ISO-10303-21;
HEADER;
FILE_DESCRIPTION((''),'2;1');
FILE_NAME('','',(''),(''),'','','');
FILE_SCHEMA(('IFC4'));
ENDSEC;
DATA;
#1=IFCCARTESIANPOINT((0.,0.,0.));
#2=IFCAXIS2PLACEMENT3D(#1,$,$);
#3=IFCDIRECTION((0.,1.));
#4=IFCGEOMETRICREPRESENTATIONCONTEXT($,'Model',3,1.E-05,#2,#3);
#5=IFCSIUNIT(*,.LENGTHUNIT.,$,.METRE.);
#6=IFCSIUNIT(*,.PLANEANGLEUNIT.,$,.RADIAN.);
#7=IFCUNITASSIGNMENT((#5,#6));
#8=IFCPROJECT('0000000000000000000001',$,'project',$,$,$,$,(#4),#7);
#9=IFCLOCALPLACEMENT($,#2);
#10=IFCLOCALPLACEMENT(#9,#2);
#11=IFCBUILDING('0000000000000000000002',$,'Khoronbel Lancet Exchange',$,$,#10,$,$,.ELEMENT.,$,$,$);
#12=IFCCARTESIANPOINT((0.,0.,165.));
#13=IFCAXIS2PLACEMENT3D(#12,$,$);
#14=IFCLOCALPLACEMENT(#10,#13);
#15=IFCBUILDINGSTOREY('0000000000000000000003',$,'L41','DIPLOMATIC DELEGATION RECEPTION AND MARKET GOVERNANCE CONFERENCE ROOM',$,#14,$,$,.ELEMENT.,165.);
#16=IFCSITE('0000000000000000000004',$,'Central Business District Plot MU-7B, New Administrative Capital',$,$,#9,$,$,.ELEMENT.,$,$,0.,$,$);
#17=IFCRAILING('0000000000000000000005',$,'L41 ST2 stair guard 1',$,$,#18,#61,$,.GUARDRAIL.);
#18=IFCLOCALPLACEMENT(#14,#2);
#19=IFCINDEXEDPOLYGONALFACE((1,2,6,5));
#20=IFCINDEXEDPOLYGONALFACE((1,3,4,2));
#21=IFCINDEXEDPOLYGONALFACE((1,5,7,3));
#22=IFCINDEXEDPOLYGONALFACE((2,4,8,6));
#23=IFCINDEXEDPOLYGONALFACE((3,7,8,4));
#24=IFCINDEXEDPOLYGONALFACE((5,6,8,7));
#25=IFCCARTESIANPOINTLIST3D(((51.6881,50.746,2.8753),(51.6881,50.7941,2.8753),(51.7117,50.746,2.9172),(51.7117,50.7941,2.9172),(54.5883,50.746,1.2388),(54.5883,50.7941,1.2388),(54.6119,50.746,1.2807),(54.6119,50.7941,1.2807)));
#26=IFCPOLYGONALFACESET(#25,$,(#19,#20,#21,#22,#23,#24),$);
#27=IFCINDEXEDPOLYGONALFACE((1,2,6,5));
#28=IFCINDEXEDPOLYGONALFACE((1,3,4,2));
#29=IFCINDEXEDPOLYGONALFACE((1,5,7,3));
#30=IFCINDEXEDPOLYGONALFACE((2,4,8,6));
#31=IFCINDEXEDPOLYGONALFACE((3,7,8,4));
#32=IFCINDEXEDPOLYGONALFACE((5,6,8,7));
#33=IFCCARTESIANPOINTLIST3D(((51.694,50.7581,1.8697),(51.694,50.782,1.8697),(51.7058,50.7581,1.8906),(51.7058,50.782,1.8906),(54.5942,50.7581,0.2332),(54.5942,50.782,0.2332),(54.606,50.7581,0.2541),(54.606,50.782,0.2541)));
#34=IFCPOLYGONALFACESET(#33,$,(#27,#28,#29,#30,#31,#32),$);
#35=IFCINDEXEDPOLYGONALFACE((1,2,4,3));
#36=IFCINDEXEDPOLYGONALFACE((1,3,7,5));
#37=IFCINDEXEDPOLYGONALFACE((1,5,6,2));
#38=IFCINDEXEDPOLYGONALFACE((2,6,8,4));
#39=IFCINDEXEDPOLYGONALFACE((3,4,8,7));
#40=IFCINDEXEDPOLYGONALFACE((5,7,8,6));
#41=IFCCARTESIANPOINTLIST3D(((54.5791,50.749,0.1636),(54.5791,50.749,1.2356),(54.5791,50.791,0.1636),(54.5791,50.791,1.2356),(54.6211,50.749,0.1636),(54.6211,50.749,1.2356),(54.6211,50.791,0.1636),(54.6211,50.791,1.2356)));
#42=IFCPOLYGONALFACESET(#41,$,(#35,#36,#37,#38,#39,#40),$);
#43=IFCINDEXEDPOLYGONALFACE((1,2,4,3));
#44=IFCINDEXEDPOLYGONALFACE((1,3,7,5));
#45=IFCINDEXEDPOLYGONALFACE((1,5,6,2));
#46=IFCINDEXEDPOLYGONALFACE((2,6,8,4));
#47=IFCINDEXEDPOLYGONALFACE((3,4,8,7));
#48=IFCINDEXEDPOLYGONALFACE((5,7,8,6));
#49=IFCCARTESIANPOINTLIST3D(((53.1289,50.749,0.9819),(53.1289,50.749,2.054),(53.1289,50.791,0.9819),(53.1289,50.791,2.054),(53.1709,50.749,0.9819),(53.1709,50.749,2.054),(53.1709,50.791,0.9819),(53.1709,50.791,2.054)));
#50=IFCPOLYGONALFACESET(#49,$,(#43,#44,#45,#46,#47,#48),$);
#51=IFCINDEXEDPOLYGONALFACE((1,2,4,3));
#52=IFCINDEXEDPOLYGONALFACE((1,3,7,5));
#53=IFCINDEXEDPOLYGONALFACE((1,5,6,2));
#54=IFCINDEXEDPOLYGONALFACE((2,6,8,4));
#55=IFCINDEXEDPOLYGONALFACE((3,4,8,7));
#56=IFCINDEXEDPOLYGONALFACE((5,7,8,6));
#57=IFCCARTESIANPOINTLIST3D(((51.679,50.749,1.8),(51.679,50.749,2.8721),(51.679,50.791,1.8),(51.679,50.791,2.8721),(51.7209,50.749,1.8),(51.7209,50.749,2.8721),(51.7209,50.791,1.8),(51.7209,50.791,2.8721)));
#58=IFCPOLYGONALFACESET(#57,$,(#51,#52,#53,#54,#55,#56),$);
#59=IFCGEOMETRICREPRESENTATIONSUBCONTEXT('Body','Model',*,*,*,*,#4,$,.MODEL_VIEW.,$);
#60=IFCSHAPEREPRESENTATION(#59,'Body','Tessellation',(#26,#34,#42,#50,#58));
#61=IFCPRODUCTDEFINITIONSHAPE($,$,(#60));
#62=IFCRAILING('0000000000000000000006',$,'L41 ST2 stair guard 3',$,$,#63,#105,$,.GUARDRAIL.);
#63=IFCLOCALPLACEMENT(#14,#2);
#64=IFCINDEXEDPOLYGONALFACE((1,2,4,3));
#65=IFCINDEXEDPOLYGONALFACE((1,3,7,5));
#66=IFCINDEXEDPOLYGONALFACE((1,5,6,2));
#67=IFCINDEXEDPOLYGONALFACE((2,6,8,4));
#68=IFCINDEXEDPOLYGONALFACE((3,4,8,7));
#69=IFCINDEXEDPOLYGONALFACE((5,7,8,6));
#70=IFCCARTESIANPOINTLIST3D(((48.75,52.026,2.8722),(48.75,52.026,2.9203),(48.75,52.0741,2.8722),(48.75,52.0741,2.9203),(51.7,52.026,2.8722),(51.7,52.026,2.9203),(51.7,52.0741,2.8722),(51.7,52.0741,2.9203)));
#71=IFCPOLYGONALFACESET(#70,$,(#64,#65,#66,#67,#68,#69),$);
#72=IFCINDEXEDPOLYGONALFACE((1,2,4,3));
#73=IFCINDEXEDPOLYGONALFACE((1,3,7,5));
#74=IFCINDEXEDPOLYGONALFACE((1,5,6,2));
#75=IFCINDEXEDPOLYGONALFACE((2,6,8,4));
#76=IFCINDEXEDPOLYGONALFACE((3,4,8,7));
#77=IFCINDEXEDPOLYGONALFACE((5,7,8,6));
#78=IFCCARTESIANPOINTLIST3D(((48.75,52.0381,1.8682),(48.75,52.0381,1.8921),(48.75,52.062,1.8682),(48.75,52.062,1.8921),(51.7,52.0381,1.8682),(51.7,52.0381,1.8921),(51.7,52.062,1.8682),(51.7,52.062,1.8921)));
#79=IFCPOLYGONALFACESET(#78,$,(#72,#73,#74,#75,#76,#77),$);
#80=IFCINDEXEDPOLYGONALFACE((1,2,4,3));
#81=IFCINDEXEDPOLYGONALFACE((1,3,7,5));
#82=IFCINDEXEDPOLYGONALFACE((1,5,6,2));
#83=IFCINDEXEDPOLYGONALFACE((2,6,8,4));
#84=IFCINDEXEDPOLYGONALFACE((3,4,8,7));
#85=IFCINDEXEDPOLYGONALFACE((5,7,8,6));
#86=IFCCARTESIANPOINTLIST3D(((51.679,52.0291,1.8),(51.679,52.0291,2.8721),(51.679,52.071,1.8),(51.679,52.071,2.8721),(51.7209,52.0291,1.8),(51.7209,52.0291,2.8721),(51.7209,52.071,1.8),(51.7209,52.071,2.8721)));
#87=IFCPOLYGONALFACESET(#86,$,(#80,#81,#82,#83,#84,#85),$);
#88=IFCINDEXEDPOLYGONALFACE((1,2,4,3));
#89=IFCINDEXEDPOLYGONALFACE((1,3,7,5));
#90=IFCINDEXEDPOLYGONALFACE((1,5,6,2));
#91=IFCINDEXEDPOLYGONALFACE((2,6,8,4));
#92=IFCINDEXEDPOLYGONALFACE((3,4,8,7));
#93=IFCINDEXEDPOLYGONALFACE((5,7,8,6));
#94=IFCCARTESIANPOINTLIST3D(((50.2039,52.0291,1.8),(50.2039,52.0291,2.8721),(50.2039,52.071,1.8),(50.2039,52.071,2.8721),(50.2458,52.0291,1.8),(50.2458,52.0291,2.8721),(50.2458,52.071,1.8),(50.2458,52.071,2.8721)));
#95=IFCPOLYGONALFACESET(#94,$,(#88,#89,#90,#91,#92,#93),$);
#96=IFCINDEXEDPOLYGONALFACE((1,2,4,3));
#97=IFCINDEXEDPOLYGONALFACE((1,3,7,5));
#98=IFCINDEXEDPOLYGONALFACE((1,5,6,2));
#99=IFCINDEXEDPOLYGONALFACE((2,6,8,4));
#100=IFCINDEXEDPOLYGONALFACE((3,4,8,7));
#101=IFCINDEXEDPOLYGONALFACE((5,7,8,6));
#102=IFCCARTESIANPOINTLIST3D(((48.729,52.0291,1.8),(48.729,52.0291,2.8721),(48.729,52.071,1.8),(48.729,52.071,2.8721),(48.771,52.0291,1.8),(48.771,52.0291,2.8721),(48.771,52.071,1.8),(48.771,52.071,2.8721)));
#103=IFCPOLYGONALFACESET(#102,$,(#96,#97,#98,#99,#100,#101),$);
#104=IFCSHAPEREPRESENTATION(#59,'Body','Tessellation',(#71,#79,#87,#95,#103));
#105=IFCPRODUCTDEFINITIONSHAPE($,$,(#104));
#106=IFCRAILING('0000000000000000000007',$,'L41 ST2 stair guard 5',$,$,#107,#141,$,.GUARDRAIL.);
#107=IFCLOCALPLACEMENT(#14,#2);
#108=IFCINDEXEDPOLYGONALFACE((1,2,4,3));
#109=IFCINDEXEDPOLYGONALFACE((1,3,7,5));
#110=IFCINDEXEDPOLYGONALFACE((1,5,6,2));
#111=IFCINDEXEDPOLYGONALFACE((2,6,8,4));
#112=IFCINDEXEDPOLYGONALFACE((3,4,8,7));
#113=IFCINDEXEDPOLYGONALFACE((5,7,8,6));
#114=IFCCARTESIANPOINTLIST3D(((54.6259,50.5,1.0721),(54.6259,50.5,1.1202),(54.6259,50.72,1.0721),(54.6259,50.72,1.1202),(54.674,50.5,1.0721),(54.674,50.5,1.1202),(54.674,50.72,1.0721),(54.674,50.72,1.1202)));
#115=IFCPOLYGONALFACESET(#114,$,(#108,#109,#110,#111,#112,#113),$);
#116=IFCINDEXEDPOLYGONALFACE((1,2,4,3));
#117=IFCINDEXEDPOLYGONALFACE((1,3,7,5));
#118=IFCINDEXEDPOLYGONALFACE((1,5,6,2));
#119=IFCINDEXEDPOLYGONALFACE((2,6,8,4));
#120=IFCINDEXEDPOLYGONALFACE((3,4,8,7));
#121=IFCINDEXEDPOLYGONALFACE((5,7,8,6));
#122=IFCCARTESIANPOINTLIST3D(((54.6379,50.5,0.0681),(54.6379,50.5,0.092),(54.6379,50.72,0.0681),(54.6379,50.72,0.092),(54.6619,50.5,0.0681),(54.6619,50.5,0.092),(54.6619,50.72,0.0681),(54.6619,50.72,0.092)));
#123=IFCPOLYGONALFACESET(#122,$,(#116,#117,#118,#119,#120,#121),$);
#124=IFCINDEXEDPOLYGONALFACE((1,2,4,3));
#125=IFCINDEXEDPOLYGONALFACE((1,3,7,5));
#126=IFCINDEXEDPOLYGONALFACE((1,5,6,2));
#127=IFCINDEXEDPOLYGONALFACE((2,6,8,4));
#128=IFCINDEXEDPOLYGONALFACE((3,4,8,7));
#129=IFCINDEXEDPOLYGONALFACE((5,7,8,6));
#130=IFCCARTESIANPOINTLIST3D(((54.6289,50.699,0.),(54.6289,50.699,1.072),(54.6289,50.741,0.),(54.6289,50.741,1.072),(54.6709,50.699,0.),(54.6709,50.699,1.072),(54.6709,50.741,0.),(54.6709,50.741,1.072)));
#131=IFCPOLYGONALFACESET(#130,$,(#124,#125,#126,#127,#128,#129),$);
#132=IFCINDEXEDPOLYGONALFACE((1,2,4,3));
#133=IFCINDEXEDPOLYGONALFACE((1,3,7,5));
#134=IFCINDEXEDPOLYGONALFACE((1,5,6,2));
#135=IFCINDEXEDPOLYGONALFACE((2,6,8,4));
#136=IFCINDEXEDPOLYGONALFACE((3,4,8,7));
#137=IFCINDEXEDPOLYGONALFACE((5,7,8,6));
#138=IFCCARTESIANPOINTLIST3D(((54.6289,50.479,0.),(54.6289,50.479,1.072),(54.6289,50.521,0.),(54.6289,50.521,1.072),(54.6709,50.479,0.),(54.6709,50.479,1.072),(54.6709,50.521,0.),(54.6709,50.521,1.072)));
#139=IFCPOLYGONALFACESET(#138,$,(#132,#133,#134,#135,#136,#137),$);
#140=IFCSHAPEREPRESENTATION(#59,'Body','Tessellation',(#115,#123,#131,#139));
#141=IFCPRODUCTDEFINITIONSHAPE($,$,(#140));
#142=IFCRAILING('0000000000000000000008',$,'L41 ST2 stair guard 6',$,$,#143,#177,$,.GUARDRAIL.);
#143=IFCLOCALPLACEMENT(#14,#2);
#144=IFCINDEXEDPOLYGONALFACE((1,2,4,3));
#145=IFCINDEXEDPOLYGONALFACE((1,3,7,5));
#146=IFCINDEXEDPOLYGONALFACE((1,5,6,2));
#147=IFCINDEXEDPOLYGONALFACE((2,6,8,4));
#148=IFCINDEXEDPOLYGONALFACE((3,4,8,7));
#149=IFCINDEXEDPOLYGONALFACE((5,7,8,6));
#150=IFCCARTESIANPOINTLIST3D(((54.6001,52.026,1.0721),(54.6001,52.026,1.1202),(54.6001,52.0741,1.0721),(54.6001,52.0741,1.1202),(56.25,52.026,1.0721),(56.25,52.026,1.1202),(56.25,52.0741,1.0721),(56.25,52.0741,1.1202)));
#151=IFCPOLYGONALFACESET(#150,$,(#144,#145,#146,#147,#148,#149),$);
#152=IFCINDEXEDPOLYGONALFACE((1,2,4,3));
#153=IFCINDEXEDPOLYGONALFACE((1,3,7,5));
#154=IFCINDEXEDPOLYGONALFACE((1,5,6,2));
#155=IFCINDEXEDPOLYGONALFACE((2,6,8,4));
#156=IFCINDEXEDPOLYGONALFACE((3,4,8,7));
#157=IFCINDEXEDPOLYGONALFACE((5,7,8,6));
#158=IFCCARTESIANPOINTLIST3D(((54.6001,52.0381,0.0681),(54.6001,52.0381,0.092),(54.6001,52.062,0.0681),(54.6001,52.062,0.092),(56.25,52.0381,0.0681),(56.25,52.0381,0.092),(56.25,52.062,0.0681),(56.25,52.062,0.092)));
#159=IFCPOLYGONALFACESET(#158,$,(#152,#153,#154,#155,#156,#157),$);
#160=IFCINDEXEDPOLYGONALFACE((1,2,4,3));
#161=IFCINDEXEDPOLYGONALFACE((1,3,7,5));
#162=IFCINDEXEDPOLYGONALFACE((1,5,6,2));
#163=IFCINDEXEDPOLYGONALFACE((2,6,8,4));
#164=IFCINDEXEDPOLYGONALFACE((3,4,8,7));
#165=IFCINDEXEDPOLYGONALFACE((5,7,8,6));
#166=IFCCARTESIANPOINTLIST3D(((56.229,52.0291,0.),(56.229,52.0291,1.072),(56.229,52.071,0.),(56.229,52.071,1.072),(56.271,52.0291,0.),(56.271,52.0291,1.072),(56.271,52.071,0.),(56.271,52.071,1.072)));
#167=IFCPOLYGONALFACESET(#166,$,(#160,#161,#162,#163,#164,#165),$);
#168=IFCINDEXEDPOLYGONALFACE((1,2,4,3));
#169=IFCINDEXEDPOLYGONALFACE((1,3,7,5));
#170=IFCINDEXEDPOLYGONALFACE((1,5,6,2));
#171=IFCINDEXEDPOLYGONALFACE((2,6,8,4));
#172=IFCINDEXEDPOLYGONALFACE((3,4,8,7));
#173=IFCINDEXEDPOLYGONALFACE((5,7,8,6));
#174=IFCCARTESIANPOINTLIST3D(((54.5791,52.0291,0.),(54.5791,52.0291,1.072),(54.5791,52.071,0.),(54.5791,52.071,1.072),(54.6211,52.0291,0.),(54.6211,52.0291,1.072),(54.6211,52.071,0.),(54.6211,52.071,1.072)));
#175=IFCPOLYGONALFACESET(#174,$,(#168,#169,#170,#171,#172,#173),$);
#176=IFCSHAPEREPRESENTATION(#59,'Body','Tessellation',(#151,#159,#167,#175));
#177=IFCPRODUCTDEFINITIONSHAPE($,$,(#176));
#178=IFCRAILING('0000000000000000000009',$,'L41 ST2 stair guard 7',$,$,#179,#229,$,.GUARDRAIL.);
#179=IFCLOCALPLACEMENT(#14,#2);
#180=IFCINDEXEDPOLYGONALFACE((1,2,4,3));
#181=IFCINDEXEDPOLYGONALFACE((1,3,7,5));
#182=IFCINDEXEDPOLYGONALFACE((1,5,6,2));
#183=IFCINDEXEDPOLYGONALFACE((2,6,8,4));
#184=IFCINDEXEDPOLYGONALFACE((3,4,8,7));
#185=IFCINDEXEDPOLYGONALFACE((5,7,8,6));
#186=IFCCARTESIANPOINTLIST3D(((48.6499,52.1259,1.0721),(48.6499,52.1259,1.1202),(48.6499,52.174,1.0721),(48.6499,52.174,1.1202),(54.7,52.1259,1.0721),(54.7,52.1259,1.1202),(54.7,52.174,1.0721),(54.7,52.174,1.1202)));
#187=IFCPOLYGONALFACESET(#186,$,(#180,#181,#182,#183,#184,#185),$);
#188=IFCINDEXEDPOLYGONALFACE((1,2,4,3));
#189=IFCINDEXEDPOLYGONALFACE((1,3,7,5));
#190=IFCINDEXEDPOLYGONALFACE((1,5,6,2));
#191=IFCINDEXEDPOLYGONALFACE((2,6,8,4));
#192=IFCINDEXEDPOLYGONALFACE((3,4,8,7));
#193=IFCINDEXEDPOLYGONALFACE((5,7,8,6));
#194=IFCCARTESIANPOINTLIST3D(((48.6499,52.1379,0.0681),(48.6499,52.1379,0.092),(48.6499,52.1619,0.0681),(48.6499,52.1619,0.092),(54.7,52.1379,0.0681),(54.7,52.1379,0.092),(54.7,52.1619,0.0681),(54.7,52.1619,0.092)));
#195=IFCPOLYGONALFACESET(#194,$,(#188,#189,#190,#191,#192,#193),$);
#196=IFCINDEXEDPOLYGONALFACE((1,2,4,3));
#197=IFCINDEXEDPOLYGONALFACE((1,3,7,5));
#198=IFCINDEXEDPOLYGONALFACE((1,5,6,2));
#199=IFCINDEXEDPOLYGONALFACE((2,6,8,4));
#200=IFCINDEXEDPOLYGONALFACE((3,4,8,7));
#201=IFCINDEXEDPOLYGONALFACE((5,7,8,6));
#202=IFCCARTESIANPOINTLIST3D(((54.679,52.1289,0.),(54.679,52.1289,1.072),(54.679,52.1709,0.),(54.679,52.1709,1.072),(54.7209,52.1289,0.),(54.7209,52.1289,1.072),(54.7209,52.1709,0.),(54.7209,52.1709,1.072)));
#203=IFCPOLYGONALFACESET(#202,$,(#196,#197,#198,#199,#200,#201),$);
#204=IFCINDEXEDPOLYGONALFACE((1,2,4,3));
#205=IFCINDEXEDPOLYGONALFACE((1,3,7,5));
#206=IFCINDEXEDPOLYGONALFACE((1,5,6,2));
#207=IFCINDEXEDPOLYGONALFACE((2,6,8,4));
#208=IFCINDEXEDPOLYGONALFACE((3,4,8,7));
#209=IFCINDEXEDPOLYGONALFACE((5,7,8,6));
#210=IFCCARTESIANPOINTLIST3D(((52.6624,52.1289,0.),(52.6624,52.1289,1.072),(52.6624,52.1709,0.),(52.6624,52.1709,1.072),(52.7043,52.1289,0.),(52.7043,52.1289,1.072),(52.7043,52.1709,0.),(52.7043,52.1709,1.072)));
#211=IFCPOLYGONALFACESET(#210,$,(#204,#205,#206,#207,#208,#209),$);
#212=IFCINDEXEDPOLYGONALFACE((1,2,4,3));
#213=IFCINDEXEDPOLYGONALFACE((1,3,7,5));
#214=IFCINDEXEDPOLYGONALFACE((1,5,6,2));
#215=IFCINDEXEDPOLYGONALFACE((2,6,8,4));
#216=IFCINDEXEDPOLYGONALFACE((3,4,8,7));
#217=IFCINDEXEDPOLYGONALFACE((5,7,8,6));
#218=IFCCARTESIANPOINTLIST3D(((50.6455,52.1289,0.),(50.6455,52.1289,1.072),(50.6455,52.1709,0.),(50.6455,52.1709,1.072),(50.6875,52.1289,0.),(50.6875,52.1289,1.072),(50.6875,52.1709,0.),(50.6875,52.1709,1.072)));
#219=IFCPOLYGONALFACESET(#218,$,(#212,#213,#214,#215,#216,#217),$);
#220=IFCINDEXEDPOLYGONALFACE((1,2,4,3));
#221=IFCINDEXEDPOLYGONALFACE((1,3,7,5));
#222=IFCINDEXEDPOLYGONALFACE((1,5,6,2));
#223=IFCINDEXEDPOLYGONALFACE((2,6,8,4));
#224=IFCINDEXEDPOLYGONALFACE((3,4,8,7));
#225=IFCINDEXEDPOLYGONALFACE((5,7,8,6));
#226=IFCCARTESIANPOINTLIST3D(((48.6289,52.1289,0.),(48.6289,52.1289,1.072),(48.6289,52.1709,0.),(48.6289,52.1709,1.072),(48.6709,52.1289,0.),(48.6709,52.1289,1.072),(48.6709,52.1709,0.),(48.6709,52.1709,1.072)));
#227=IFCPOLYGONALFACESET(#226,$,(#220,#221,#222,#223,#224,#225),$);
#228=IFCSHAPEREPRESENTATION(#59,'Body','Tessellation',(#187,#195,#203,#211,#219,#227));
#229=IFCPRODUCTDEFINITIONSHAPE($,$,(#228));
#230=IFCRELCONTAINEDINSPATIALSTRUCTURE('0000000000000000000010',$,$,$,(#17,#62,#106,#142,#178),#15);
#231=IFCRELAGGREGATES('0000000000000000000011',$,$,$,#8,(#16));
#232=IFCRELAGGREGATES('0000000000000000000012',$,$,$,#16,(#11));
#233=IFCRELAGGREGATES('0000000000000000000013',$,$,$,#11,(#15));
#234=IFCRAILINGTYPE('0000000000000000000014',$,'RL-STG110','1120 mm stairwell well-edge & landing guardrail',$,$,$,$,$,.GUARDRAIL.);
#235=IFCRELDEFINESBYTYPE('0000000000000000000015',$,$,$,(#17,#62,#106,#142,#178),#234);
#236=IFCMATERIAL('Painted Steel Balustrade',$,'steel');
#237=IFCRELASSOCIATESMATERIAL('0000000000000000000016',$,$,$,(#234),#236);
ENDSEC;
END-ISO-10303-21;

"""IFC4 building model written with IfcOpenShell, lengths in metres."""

from ifc_helpers import new_model, si_unit, direction, frame, origin, origin_2d, place, context, subcontext, project, spatial, rectangle, extrude, material, type_object, element, save


model = new_model("IFC4")

# Units and contexts
model_context = context("Model", 3, precision=1e-05, world=origin(), true_north=direction((0.0, 1.0)))
body_context = subcontext(model_context, "Body", "Model", "MODEL_VIEW")
ifc_project = project(units=[si_unit("LENGTHUNIT", "METRE"), si_unit("PLANEANGLEUNIT", "RADIAN")], contexts=[model_context])

# Site, building, storey
site_placement = place(None, origin())
site = spatial("IfcSite", under=ifc_project, at=site_placement, Name="Central Business District Plot MU-7B, New Administrative Capital", CompositionType="ELEMENT", RefElevation=0.0)
building_placement = place(site_placement, origin())
building = spatial("IfcBuilding", under=site, at=building_placement, Name="Khoronbel Lancet Exchange", CompositionType="ELEMENT")
storey_placement = place(building_placement, frame((0.0, 0.0, 165.0)))
storey = spatial("IfcBuildingStorey", under=building, at=storey_placement, Name="L41", Description="DIPLOMATIC DELEGATION RECEPTION AND MARKET GOVERNANCE CONFERENCE ROOM", CompositionType="ELEMENT", Elevation=165.0)

# Railings
ifc_material_1 = material(Name="Painted Steel Balustrade", Category="steel")
railing_type_1 = type_object("IfcRailingType", Name="RL-STG110", Description="1120 mm stairwell well-edge & landing guardrail", PredefinedType="GUARDRAIL", material=ifc_material_1)
railing_1_placement = place(storey_placement, frame((54.6001, 50.77, 0.1636)))
element("IfcRailing", 1, at=railing_1_placement, inside=storey, type_object=railing_type_1, Name="L41 ST2 stair guard 1", PredefinedType="GUARDRAIL", context=body_context, shape_type="SweptSolid", body=[
    extrude(rectangle(XDim=0.0481, YDim=0.0481, at=origin_2d()), frame((0.0, 0.0, 1.0962), z_axis=(-0.870915, 0.0, 0.491434), x_axis=(0.0, -1.0, 0.0)), (0.0, 0.0, 1.0), 3.3301),
    extrude(rectangle(XDim=0.0239, YDim=0.0239, at=origin_2d()), frame((0.0, 0.0, 0.0801), z_axis=(-0.870915, 0.0, 0.491434), x_axis=(0.0, -1.0, 0.0)), (0.0, 0.0, 1.0), 3.3301),
    extrude(rectangle(XDim=0.042, YDim=0.042, at=origin_2d()), origin(), (0.0, 0.0, 1.0), 1.072),
    extrude(rectangle(XDim=0.042, YDim=0.042, at=origin_2d()), frame((-1.4502, 0.0, 0.8184)), (0.0, 0.0, 1.0), 1.072),
    extrude(rectangle(XDim=0.042, YDim=0.042, at=origin_2d()), frame((-2.9001, 0.0, 1.6365)), (0.0, 0.0, 1.0), 1.072),
])
railing_2_placement = place(storey_placement, frame((51.7, 52.05, 1.8)))
element("IfcRailing", 2, at=railing_2_placement, inside=storey, type_object=railing_type_1, Name="L41 ST2 stair guard 3", PredefinedType="GUARDRAIL", context=body_context, shape_type="SweptSolid", body=[
    extrude(rectangle(XDim=0.0481, YDim=0.0481, at=origin_2d()), frame((0.0, 0.0, 1.0962), z_axis=(-1.0, 0.0, 0.0), x_axis=(0.0, -1.0, 0.0)), (0.0, 0.0, 1.0), 2.95),
    extrude(rectangle(XDim=0.0239, YDim=0.0239, at=origin_2d()), frame((0.0, 0.0, 0.0801), z_axis=(-1.0, 0.0, 0.0), x_axis=(0.0, -1.0, 0.0)), (0.0, 0.0, 1.0), 2.95),
    extrude(rectangle(XDim=0.042, YDim=0.042, at=origin_2d()), origin(), (0.0, 0.0, 1.0), 1.072),
    extrude(rectangle(XDim=0.042, YDim=0.042, at=origin_2d()), frame((-1.4751, 0.0, 0.0)), (0.0, 0.0, 1.0), 1.072),
    extrude(rectangle(XDim=0.042, YDim=0.042, at=origin_2d()), frame((-2.95, 0.0, 0.0)), (0.0, 0.0, 1.0), 1.072),
])
railing_3_placement = place(storey_placement, frame((54.6499, 50.72, 0.0)))
element("IfcRailing", 3, at=railing_3_placement, inside=storey, type_object=railing_type_1, Name="L41 ST2 stair guard 5", PredefinedType="GUARDRAIL", context=body_context, shape_type="SweptSolid", body=[
    extrude(rectangle(XDim=0.0481, YDim=0.0481, at=origin_2d()), frame((0.0, 0.0, 1.0962), z_axis=(0.0, -1.0, 0.0), x_axis=(1.0, 0.0, 0.0)), (0.0, 0.0, 1.0), 0.22),
    extrude(rectangle(XDim=0.0239, YDim=0.0239, at=origin_2d()), frame((0.0, 0.0, 0.0801), z_axis=(0.0, -1.0, 0.0), x_axis=(1.0, 0.0, 0.0)), (0.0, 0.0, 1.0), 0.22),
    extrude(rectangle(XDim=0.042, YDim=0.042, at=origin_2d()), origin(), (0.0, 0.0, 1.0), 1.072),
    extrude(rectangle(XDim=0.042, YDim=0.042, at=origin_2d()), frame((0.0, -0.22, 0.0)), (0.0, 0.0, 1.0), 1.072),
])
railing_4_placement = place(storey_placement, frame((56.25, 52.05, 0.0)))
element("IfcRailing", 4, at=railing_4_placement, inside=storey, type_object=railing_type_1, Name="L41 ST2 stair guard 6", PredefinedType="GUARDRAIL", context=body_context, shape_type="SweptSolid", body=[
    extrude(rectangle(XDim=0.0481, YDim=0.0481, at=origin_2d()), frame((0.0, 0.0, 1.0962), z_axis=(-1.0, 0.0, 0.0), x_axis=(0.0, -1.0, 0.0)), (0.0, 0.0, 1.0), 1.6499),
    extrude(rectangle(XDim=0.0239, YDim=0.0239, at=origin_2d()), frame((0.0, 0.0, 0.0801), z_axis=(-1.0, 0.0, 0.0), x_axis=(0.0, -1.0, 0.0)), (0.0, 0.0, 1.0), 1.6499),
    extrude(rectangle(XDim=0.042, YDim=0.042, at=origin_2d()), origin(), (0.0, 0.0, 1.0), 1.072),
    extrude(rectangle(XDim=0.042, YDim=0.042, at=origin_2d()), frame((-1.6499, 0.0, 0.0)), (0.0, 0.0, 1.0), 1.072),
])
railing_5_placement = place(storey_placement, frame((54.7, 52.1499, 0.0)))
element("IfcRailing", 5, at=railing_5_placement, inside=storey, type_object=railing_type_1, Name="L41 ST2 stair guard 7", PredefinedType="GUARDRAIL", context=body_context, shape_type="SweptSolid", body=[
    extrude(rectangle(XDim=0.0481, YDim=0.0481, at=origin_2d()), frame((0.0, 0.0, 1.0962), z_axis=(-1.0, 0.0, 0.0), x_axis=(0.0, -1.0, 0.0)), (0.0, 0.0, 1.0), 6.05),
    extrude(rectangle(XDim=0.0239, YDim=0.0239, at=origin_2d()), frame((0.0, 0.0, 0.0801), z_axis=(-1.0, 0.0, 0.0), x_axis=(0.0, -1.0, 0.0)), (0.0, 0.0, 1.0), 6.05),
    extrude(rectangle(XDim=0.042, YDim=0.042, at=origin_2d()), origin(), (0.0, 0.0, 1.0), 1.072),
    extrude(rectangle(XDim=0.042, YDim=0.042, at=origin_2d()), frame((-2.0166, 0.0, 0.0)), (0.0, 0.0, 1.0), 1.072),
    extrude(rectangle(XDim=0.042, YDim=0.042, at=origin_2d()), frame((-4.0334, 0.0, 0.0)), (0.0, 0.0, 1.0), 1.072),
    extrude(rectangle(XDim=0.042, YDim=0.042, at=origin_2d()), frame((-6.05, 0.0, 0.0)), (0.0, 0.0, 1.0), 1.072),
])

save(model, "model.ifc")
